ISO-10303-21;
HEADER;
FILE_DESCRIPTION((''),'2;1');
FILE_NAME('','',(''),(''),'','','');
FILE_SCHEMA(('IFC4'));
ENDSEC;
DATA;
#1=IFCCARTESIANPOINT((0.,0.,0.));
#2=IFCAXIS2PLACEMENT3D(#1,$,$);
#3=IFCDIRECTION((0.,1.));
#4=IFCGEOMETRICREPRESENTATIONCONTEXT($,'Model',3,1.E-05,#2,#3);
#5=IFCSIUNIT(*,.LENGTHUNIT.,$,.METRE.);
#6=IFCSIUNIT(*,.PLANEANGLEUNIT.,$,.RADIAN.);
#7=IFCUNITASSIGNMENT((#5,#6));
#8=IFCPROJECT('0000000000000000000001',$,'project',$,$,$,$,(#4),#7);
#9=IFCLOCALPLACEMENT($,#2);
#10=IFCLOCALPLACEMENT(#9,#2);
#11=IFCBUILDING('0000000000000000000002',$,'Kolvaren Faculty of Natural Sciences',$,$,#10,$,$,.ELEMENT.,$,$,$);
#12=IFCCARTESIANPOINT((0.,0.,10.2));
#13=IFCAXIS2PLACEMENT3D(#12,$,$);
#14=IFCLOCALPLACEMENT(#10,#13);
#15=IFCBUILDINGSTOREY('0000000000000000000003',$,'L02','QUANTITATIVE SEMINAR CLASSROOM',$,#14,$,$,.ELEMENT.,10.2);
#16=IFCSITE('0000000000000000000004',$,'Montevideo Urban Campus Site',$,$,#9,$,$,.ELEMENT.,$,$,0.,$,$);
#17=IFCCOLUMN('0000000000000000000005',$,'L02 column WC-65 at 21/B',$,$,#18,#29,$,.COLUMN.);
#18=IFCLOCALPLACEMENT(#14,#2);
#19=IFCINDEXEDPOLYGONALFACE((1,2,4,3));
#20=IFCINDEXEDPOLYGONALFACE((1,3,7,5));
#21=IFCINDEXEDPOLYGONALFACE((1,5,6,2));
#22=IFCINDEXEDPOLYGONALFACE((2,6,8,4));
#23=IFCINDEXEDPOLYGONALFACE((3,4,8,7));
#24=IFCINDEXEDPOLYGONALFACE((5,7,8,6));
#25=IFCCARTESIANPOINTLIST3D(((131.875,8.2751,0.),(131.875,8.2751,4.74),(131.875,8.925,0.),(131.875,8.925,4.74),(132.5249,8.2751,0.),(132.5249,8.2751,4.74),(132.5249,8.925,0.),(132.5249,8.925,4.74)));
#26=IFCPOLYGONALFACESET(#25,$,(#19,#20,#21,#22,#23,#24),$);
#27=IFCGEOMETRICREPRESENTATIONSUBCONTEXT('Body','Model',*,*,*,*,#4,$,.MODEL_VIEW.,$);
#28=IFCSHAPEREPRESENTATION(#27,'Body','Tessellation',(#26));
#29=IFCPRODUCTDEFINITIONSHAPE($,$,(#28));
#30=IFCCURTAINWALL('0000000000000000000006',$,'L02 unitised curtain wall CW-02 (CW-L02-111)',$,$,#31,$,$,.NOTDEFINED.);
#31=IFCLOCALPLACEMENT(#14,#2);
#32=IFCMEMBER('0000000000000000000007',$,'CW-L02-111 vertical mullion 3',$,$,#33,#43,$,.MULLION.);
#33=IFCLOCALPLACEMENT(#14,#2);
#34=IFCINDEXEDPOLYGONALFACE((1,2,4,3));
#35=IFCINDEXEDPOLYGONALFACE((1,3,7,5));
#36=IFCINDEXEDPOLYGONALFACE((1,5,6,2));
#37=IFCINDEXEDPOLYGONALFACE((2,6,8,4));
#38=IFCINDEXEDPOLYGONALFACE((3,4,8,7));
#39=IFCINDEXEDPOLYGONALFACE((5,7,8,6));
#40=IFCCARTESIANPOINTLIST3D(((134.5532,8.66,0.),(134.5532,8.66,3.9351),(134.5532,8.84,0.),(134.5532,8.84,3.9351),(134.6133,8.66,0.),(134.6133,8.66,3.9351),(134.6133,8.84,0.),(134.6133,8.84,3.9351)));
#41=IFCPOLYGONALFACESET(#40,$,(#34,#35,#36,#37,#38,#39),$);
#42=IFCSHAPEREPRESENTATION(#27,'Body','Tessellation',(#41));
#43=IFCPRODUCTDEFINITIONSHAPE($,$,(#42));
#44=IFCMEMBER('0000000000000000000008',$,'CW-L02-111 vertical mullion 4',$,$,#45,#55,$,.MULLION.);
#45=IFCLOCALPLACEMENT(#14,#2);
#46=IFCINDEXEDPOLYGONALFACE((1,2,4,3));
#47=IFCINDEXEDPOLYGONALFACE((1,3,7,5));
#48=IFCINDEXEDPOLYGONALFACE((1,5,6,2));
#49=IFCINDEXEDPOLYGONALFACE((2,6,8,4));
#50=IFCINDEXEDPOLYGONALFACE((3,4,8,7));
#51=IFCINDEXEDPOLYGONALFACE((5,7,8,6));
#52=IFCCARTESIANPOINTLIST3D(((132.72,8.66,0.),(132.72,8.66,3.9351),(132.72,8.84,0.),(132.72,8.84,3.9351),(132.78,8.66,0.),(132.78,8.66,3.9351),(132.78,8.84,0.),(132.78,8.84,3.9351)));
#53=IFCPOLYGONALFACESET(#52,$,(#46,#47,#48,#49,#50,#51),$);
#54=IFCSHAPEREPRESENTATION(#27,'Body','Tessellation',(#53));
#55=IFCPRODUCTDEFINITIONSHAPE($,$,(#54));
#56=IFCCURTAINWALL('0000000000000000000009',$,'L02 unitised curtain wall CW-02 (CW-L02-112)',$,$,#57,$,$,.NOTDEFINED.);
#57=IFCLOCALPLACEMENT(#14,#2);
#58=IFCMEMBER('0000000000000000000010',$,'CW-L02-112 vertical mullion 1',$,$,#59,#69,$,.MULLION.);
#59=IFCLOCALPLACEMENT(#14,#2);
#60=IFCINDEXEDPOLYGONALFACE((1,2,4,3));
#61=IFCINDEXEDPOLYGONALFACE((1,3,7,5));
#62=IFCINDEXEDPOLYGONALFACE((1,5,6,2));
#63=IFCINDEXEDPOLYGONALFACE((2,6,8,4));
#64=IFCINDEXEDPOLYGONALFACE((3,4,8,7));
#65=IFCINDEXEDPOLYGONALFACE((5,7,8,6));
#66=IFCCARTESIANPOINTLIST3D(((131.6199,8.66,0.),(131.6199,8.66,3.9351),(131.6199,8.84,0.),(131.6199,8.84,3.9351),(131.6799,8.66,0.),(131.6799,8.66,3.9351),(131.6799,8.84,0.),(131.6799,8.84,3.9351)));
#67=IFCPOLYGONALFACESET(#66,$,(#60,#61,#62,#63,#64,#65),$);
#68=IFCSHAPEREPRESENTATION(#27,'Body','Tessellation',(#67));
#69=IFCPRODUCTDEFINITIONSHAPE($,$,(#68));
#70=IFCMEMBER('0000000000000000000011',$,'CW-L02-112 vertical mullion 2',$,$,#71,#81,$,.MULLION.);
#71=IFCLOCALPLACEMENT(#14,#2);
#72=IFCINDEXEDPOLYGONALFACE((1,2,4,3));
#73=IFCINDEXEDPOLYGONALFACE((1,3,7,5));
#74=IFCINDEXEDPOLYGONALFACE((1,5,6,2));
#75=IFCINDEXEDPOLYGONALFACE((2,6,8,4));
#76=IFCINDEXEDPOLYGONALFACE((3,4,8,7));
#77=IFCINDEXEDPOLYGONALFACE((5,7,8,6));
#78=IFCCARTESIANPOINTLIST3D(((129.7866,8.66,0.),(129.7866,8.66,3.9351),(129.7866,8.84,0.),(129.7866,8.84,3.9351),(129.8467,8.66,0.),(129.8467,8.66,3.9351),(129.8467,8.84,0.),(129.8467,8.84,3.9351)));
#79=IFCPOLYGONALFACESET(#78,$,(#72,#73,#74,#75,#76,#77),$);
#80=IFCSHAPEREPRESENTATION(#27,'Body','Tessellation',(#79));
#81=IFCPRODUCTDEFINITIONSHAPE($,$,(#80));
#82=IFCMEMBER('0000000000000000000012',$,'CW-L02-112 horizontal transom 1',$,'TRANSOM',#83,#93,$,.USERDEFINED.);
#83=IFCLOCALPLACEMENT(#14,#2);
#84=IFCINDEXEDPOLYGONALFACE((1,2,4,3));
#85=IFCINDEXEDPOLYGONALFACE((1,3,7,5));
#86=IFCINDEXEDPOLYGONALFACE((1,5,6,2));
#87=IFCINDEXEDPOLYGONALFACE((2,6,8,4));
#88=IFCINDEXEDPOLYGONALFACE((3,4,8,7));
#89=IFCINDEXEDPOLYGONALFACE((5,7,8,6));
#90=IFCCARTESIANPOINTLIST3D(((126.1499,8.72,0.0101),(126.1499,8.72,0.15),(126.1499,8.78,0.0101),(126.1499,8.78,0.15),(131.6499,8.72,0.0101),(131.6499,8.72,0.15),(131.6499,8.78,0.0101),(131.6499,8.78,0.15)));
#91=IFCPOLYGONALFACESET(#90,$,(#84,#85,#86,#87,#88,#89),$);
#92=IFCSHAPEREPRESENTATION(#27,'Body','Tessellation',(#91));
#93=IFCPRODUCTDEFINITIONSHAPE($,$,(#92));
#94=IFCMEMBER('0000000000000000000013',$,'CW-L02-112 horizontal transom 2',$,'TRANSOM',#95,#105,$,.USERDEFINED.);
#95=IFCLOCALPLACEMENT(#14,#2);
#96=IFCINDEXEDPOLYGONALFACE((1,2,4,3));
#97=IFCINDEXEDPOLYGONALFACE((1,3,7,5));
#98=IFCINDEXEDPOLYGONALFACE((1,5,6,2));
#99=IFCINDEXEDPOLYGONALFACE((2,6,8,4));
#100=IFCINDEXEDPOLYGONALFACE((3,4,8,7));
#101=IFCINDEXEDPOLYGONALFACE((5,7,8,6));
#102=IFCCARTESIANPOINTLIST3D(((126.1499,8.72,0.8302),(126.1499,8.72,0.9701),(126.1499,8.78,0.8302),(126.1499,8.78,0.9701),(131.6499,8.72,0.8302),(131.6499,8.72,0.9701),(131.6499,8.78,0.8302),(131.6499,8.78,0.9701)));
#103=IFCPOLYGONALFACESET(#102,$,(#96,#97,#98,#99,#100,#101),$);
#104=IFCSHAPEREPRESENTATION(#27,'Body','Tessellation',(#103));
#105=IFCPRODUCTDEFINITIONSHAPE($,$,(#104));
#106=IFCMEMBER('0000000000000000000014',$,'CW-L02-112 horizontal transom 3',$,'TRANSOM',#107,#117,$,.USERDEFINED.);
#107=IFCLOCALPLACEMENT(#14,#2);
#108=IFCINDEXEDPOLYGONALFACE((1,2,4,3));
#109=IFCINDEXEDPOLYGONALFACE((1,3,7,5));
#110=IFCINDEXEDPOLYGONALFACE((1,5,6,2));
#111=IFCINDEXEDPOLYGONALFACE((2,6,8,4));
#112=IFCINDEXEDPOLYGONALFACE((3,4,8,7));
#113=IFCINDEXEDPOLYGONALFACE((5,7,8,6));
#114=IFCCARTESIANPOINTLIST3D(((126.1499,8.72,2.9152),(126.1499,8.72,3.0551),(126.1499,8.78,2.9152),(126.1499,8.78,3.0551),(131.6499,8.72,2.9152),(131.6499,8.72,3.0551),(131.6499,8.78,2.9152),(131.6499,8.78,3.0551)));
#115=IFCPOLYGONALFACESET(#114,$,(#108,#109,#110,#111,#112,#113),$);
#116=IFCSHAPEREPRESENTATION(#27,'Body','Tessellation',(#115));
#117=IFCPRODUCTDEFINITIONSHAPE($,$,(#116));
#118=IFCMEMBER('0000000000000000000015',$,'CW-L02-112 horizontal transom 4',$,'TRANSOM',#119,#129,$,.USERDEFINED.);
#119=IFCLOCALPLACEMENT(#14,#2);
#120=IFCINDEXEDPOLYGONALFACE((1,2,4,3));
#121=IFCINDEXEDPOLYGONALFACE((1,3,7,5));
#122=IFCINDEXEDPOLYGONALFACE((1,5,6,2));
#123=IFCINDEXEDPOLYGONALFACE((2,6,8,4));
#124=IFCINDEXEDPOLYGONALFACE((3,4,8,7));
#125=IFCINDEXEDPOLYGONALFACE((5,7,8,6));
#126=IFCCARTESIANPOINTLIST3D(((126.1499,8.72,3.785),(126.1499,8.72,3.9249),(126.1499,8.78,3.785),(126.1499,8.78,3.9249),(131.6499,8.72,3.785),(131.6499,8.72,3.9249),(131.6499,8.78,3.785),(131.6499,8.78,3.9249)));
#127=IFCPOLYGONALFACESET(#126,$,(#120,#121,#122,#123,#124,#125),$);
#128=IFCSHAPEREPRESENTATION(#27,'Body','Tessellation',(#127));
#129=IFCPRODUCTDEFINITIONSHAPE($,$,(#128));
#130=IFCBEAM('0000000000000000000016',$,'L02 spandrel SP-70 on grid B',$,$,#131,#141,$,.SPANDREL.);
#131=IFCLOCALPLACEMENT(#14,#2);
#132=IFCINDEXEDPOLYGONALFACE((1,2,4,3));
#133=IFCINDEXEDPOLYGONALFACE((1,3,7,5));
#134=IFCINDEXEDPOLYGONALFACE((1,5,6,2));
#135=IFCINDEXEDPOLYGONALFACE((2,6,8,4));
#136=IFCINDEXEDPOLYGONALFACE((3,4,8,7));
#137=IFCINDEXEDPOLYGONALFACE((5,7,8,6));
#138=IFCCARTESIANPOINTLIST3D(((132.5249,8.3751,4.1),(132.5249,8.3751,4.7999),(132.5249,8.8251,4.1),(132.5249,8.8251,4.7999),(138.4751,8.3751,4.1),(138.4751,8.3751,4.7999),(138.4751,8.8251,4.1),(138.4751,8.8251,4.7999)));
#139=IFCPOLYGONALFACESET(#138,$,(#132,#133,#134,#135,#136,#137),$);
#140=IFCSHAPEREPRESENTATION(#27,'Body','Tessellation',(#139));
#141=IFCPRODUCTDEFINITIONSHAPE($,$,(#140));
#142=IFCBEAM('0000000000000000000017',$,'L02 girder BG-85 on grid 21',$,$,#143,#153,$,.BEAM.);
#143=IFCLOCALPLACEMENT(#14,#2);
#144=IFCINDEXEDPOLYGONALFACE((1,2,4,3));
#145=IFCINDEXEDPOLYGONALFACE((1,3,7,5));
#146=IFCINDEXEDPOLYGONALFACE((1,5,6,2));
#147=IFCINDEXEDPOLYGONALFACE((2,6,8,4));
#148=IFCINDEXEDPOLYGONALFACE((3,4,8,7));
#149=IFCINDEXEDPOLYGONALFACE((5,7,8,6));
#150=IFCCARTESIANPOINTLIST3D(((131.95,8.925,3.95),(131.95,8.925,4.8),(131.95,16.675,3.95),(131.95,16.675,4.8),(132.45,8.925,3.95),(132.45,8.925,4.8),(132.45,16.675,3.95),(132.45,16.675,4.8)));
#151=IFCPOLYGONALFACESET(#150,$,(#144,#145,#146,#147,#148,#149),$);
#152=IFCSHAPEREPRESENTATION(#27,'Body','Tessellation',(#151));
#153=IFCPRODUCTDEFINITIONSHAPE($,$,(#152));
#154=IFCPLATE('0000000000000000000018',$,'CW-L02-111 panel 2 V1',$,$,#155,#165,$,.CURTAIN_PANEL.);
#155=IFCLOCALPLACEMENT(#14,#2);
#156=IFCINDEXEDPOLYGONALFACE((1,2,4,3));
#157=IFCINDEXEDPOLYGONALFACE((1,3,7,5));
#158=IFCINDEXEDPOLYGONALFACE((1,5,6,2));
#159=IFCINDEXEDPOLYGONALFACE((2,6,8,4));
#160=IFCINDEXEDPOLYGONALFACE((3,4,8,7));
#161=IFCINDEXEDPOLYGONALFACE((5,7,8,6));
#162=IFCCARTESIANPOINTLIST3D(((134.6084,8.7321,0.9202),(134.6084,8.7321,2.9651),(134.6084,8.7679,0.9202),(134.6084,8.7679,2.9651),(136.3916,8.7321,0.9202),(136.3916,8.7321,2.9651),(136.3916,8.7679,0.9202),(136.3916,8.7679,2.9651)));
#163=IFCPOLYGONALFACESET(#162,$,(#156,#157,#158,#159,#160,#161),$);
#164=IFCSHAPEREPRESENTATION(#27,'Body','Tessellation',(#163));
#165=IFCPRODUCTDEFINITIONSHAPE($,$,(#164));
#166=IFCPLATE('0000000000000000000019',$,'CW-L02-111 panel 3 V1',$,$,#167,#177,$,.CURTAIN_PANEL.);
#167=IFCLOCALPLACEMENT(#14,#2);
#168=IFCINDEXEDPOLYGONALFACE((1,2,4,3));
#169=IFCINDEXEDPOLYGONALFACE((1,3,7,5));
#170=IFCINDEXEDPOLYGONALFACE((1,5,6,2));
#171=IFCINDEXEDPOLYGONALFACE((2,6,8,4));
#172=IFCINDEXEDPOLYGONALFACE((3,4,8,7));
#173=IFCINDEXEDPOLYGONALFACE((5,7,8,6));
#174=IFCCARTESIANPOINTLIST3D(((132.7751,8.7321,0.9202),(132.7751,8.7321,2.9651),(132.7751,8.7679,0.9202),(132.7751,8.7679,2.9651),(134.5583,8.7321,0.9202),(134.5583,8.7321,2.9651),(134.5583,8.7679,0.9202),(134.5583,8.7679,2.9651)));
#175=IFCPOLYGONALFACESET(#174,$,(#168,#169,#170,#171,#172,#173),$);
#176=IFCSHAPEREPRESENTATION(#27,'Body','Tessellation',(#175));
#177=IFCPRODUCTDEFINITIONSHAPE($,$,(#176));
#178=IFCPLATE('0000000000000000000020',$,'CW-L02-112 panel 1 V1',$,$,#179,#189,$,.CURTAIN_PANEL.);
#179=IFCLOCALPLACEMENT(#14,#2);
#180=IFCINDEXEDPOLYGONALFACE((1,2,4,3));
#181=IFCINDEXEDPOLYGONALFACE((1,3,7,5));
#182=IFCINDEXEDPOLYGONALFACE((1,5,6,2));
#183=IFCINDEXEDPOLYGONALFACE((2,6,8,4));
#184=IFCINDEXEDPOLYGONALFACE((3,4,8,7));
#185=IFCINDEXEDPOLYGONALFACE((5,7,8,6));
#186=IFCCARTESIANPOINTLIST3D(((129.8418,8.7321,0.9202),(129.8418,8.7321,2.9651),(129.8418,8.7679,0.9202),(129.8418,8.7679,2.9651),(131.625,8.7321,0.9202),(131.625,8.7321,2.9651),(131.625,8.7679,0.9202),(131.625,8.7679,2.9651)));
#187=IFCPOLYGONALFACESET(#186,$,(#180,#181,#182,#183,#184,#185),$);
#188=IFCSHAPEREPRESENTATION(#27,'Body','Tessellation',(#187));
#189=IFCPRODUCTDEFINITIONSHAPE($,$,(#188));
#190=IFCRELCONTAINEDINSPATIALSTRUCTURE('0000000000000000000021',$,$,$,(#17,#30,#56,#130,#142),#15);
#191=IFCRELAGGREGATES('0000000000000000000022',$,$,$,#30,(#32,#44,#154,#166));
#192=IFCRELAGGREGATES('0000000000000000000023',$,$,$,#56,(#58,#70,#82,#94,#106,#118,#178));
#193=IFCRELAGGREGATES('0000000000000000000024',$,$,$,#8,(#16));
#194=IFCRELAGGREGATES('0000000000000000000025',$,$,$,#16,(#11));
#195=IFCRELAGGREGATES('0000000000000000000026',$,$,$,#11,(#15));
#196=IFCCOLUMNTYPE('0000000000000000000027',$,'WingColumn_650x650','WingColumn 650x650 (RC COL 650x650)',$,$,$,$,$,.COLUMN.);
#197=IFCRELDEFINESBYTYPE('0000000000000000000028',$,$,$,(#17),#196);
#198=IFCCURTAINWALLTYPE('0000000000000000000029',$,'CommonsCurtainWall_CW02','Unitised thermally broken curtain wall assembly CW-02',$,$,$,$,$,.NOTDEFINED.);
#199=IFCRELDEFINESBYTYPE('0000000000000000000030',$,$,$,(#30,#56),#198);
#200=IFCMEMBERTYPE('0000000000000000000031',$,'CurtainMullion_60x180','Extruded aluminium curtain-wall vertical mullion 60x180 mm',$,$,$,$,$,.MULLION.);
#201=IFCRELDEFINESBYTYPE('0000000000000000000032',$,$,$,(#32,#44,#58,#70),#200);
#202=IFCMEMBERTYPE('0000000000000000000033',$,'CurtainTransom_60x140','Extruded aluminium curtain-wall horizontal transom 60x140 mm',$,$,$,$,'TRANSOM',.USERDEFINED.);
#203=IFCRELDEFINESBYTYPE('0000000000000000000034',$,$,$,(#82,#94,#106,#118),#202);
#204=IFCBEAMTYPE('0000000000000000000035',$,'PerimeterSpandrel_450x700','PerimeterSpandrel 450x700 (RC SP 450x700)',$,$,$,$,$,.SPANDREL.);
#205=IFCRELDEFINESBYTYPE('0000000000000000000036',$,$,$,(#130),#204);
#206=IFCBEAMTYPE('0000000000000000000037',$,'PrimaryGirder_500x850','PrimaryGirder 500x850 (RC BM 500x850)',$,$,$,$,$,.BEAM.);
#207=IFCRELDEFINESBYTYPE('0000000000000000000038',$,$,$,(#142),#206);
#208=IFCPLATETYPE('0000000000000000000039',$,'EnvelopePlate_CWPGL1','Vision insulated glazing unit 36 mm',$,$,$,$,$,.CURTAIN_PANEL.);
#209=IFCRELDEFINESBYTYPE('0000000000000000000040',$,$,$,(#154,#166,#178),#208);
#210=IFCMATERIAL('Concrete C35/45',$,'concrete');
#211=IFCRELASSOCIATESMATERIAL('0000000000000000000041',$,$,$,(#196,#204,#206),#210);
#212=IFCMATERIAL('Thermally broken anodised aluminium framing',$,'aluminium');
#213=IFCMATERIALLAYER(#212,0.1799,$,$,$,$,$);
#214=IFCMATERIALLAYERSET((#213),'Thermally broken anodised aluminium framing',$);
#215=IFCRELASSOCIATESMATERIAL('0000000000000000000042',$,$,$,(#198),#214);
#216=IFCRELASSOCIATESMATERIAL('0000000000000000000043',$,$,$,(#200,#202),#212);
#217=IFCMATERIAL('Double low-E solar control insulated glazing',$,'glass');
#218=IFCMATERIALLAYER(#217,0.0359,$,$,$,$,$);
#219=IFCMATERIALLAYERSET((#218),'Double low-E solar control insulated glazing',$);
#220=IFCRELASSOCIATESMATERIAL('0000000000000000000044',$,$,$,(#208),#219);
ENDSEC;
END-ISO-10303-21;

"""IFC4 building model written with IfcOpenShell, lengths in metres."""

from ifc_helpers import new_model, si_unit, direction, frame, origin, origin_2d, place, context, subcontext, project, spatial, rectangle, extrude, material, layer, layer_set, material_profile, profile_set, type_object, element, aggregate, save


model = new_model("IFC4")

# Units and contexts
model_context = context("Model", 3, precision=1e-05, world=origin(), true_north=direction((0.0, 1.0)))
body_context = subcontext(model_context, "Body", "Model", "MODEL_VIEW")
ifc_project = project(units=[si_unit("LENGTHUNIT", "METRE"), si_unit("PLANEANGLEUNIT", "RADIAN")], contexts=[model_context])

# Site, building, storey
site_placement = place(None, origin())
site = spatial("IfcSite", under=ifc_project, at=site_placement, Name="Montevideo Urban Campus Site", CompositionType="ELEMENT", RefElevation=0.0)
building_placement = place(site_placement, origin())
building = spatial("IfcBuilding", under=site, at=building_placement, Name="Kolvaren Faculty of Natural Sciences", CompositionType="ELEMENT")
storey_placement = place(building_placement, frame((0.0, 0.0, 10.2)))
storey = spatial("IfcBuildingStorey", under=building, at=storey_placement, Name="L02", Description="QUANTITATIVE SEMINAR CLASSROOM", CompositionType="ELEMENT", Elevation=10.2)

# Column
ifc_material_1 = material(Name="Concrete C35/45", Category="concrete")
ifc_material_profile_1 = material_profile(ifc_material_1, rectangle(XDim=0.6499, YDim=0.6499, at=origin_2d()), Name="RC COL 650x650")
ifc_profile_set_1 = profile_set([ifc_material_profile_1], Name="Concrete C35/45")
column_type = type_object("IfcColumnType", Name="WingColumn_650x650", Description="WingColumn 650x650 (RC COL 650x650)", PredefinedType="COLUMN", material=ifc_profile_set_1)
column_placement = place(storey_placement, frame((132.2, 8.6001, 0.0), z_axis=(0.0, 0.0, 1.0), x_axis=(1.0, 0.0, 0.0)))
element("IfcColumn", 1, at=column_placement, inside=storey, type_object=column_type, Name="L02 column WC-65 at 21/B", PredefinedType="COLUMN", context=body_context, shape_type="SweptSolid", body=[
    extrude(rectangle(XDim=0.6499, YDim=0.6499, at=origin_2d()), origin(), (0.0, 0.0, 1.0), 4.74),
])

# Curtain walls, members
ifc_material_2 = material(Name="Thermally broken anodised aluminium framing", Category="aluminium")
ifc_layer_1 = layer(ifc_material_2, 0.1799)
ifc_layer_set_1 = layer_set([ifc_layer_1], Name="Thermally broken anodised aluminium framing")
curtain_wall_type = type_object("IfcCurtainWallType", Name="CommonsCurtainWall_CW02", Description="Unitised thermally broken curtain wall assembly CW-02", PredefinedType="NOTDEFINED", material=ifc_layer_set_1)
curtain_wall_1_placement = place(storey_placement, origin())
curtain_wall_1 = element("IfcCurtainWall", 2, at=curtain_wall_1_placement, inside=storey, type_object=curtain_wall_type, Name="L02 unitised curtain wall CW-02 (CW-L02-111)", PredefinedType="NOTDEFINED")
ifc_material_profile_2 = material_profile(ifc_material_2, rectangle(XDim=0.0601, YDim=0.1799, at=origin_2d()), Name="ALU MUL 60x180")
ifc_profile_set_2 = profile_set([ifc_material_profile_2], Name="Thermally broken anodised aluminium framing")
member_type_1 = type_object("IfcMemberType", Name="CurtainMullion_60x180", Description="Extruded aluminium curtain-wall vertical mullion 60x180 mm", PredefinedType="MULLION", material=ifc_profile_set_2)
member_1_placement = place(storey_placement, frame((134.5833, 8.75, 0.0), z_axis=(0.0, 0.0, 1.0), x_axis=(-1.0, 0.0, 0.0)))
member_1 = element("IfcMember", 3, at=member_1_placement, type_object=member_type_1, Name="CW-L02-111 vertical mullion 3", PredefinedType="MULLION", context=body_context, shape_type="SweptSolid", body=[
    extrude(rectangle(XDim=0.0601, YDim=0.1799, at=origin_2d()), origin(), (0.0, 0.0, 1.0), 3.9351),
])
member_2_placement = place(storey_placement, frame((132.75, 8.75, 0.0), z_axis=(0.0, 0.0, 1.0), x_axis=(-1.0, 0.0, 0.0)))
member_2 = element("IfcMember", 4, at=member_2_placement, type_object=member_type_1, Name="CW-L02-111 vertical mullion 4", PredefinedType="MULLION", context=body_context, shape_type="SweptSolid", body=[
    extrude(rectangle(XDim=0.0601, YDim=0.1799, at=origin_2d()), origin(), (0.0, 0.0, 1.0), 3.9351),
])
curtain_wall_2_placement = place(storey_placement, origin())
curtain_wall_2 = element("IfcCurtainWall", 5, at=curtain_wall_2_placement, inside=storey, type_object=curtain_wall_type, Name="L02 unitised curtain wall CW-02 (CW-L02-112)", PredefinedType="NOTDEFINED")
member_3_placement = place(storey_placement, frame((131.6499, 8.75, 0.0), z_axis=(0.0, 0.0, 1.0), x_axis=(-1.0, 0.0, 0.0)))
member_3 = element("IfcMember", 6, at=member_3_placement, type_object=member_type_1, Name="CW-L02-112 vertical mullion 1", PredefinedType="MULLION", context=body_context, shape_type="SweptSolid", body=[
    extrude(rectangle(XDim=0.0601, YDim=0.1799, at=origin_2d()), origin(), (0.0, 0.0, 1.0), 3.9351),
])
member_4_placement = place(storey_placement, frame((129.8167, 8.75, 0.0), z_axis=(0.0, 0.0, 1.0), x_axis=(-1.0, 0.0, 0.0)))
member_4 = element("IfcMember", 7, at=member_4_placement, type_object=member_type_1, Name="CW-L02-112 vertical mullion 2", PredefinedType="MULLION", context=body_context, shape_type="SweptSolid", body=[
    extrude(rectangle(XDim=0.0601, YDim=0.1799, at=origin_2d()), origin(), (0.0, 0.0, 1.0), 3.9351),
])
ifc_material_profile_3 = material_profile(ifc_material_2, rectangle(XDim=0.0601, YDim=0.1399, at=origin_2d()), Name="ALU TRN 60x140")
ifc_profile_set_3 = profile_set([ifc_material_profile_3], Name="Thermally broken anodised aluminium framing")
member_type_2 = type_object("IfcMemberType", Name="CurtainTransom_60x140", Description="Extruded aluminium curtain-wall horizontal transom 60x140 mm", ElementType="TRANSOM", PredefinedType="USERDEFINED", material=ifc_profile_set_3)
member_5_placement = place(storey_placement, frame((131.6499, 8.75, 0.0801), z_axis=(-1.0, 0.0, 0.0), x_axis=(0.0, -1.0, 0.0)))
member_5 = element("IfcMember", 8, at=member_5_placement, type_object=member_type_2, Name="CW-L02-112 horizontal transom 1", ObjectType="TRANSOM", PredefinedType="USERDEFINED", context=body_context, shape_type="SweptSolid", body=[
    extrude(rectangle(XDim=0.0601, YDim=0.1399, at=origin_2d()), origin(), (0.0, 0.0, 1.0), 5.5),
])
member_6_placement = place(storey_placement, frame((131.6499, 8.75, 0.9001), z_axis=(-1.0, 0.0, 0.0), x_axis=(0.0, -1.0, 0.0)))
member_6 = element("IfcMember", 9, at=member_6_placement, type_object=member_type_2, Name="CW-L02-112 horizontal transom 2", ObjectType="TRANSOM", PredefinedType="USERDEFINED", context=body_context, shape_type="SweptSolid", body=[
    extrude(rectangle(XDim=0.0601, YDim=0.1399, at=origin_2d()), origin(), (0.0, 0.0, 1.0), 5.5),
])
member_7_placement = place(storey_placement, frame((131.6499, 8.75, 2.9851), z_axis=(-1.0, 0.0, 0.0), x_axis=(0.0, -1.0, 0.0)))
member_7 = element("IfcMember", 10, at=member_7_placement, type_object=member_type_2, Name="CW-L02-112 horizontal transom 3", ObjectType="TRANSOM", PredefinedType="USERDEFINED", context=body_context, shape_type="SweptSolid", body=[
    extrude(rectangle(XDim=0.0601, YDim=0.1399, at=origin_2d()), origin(), (0.0, 0.0, 1.0), 5.5),
])
member_8_placement = place(storey_placement, frame((131.6499, 8.75, 3.855), z_axis=(-1.0, 0.0, 0.0), x_axis=(0.0, -1.0, 0.0)))
member_8 = element("IfcMember", 11, at=member_8_placement, type_object=member_type_2, Name="CW-L02-112 horizontal transom 4", ObjectType="TRANSOM", PredefinedType="USERDEFINED", context=body_context, shape_type="SweptSolid", body=[
    extrude(rectangle(XDim=0.0601, YDim=0.1399, at=origin_2d()), origin(), (0.0, 0.0, 1.0), 5.5),
])

# Beams
ifc_material_profile_4 = material_profile(ifc_material_1, rectangle(XDim=0.45, YDim=0.7, at=origin_2d()), Name="RC SP 450x700")
ifc_profile_set_4 = profile_set([ifc_material_profile_4], Name="Concrete C35/45")
beam_type_1 = type_object("IfcBeamType", Name="PerimeterSpandrel_450x700", Description="PerimeterSpandrel 450x700 (RC SP 450x700)", PredefinedType="SPANDREL", material=ifc_profile_set_4)
beam_1_placement = place(storey_placement, frame((132.5249, 8.6001, 4.45), z_axis=(1.0, 0.0, 0.0), x_axis=(0.0, 1.0, 0.0)))
element("IfcBeam", 12, at=beam_1_placement, inside=storey, type_object=beam_type_1, Name="L02 spandrel SP-70 on grid B", PredefinedType="SPANDREL", context=body_context, shape_type="SweptSolid", body=[
    extrude(rectangle(XDim=0.45, YDim=0.7, at=origin_2d()), origin(), (0.0, 0.0, 1.0), 5.9502),
])
ifc_material_profile_5 = material_profile(ifc_material_1, rectangle(XDim=0.5, YDim=0.8501, at=origin_2d()), Name="RC BM 500x850")
ifc_profile_set_5 = profile_set([ifc_material_profile_5], Name="Concrete C35/45")
beam_type_2 = type_object("IfcBeamType", Name="PrimaryGirder_500x850", Description="PrimaryGirder 500x850 (RC BM 500x850)", PredefinedType="BEAM", material=ifc_profile_set_5)
beam_2_placement = place(storey_placement, frame((132.2, 8.925, 4.375), z_axis=(0.0, 1.0, 0.0), x_axis=(-1.0, 0.0, 0.0)))
element("IfcBeam", 13, at=beam_2_placement, inside=storey, type_object=beam_type_2, Name="L02 girder BG-85 on grid 21", PredefinedType="BEAM", context=body_context, shape_type="SweptSolid", body=[
    extrude(rectangle(XDim=0.5, YDim=0.8501, at=origin_2d()), origin(), (0.0, 0.0, 1.0), 7.75),
])

# Plates
ifc_material_3 = material(Name="Double low-E solar control insulated glazing", Category="glass")
ifc_layer_2 = layer(ifc_material_3, 0.0359)
ifc_layer_set_2 = layer_set([ifc_layer_2], Name="Double low-E solar control insulated glazing")
plate_type_1 = type_object("IfcPlateType", Name="EnvelopePlate_CWPGL1", Description="Vision insulated glazing unit 36 mm", PredefinedType="CURTAIN_PANEL", material=ifc_layer_set_2)
plate_1_placement = place(storey_placement, frame((135.5, 8.75, 0.9202), z_axis=(0.0, 0.0, 1.0), x_axis=(-1.0, 0.0, 0.0)))
plate_1 = element("IfcPlate", 14, at=plate_1_placement, type_object=plate_type_1, Name="CW-L02-111 panel 2 V1", PredefinedType="CURTAIN_PANEL", context=body_context, shape_type="SweptSolid", body=[
    extrude(rectangle(XDim=1.7832, YDim=0.0359, at=origin_2d()), origin(), (0.0, 0.0, 1.0), 2.0449),
])
plate_2_placement = place(storey_placement, frame((133.6667, 8.75, 0.9202), z_axis=(0.0, 0.0, 1.0), x_axis=(-1.0, 0.0, 0.0)))
plate_2 = element("IfcPlate", 15, at=plate_2_placement, type_object=plate_type_1, Name="CW-L02-111 panel 3 V1", PredefinedType="CURTAIN_PANEL", context=body_context, shape_type="SweptSolid", body=[
    extrude(rectangle(XDim=1.7832, YDim=0.0359, at=origin_2d()), origin(), (0.0, 0.0, 1.0), 2.0449),
])
plate_3_placement = place(storey_placement, frame((130.7334, 8.75, 0.9202), z_axis=(0.0, 0.0, 1.0), x_axis=(-1.0, 0.0, 0.0)))
plate_3 = element("IfcPlate", 16, at=plate_3_placement, type_object=plate_type_1, Name="CW-L02-112 panel 1 V1", PredefinedType="CURTAIN_PANEL", context=body_context, shape_type="SweptSolid", body=[
    extrude(rectangle(XDim=1.7832, YDim=0.0359, at=origin_2d()), origin(), (0.0, 0.0, 1.0), 2.0449),
])
aggregate(curtain_wall_1, [member_1, member_2, plate_1, plate_2])
aggregate(curtain_wall_2, [member_3, member_4, member_5, member_6, member_7, member_8, plate_3])

save(model, "model.ifc")
